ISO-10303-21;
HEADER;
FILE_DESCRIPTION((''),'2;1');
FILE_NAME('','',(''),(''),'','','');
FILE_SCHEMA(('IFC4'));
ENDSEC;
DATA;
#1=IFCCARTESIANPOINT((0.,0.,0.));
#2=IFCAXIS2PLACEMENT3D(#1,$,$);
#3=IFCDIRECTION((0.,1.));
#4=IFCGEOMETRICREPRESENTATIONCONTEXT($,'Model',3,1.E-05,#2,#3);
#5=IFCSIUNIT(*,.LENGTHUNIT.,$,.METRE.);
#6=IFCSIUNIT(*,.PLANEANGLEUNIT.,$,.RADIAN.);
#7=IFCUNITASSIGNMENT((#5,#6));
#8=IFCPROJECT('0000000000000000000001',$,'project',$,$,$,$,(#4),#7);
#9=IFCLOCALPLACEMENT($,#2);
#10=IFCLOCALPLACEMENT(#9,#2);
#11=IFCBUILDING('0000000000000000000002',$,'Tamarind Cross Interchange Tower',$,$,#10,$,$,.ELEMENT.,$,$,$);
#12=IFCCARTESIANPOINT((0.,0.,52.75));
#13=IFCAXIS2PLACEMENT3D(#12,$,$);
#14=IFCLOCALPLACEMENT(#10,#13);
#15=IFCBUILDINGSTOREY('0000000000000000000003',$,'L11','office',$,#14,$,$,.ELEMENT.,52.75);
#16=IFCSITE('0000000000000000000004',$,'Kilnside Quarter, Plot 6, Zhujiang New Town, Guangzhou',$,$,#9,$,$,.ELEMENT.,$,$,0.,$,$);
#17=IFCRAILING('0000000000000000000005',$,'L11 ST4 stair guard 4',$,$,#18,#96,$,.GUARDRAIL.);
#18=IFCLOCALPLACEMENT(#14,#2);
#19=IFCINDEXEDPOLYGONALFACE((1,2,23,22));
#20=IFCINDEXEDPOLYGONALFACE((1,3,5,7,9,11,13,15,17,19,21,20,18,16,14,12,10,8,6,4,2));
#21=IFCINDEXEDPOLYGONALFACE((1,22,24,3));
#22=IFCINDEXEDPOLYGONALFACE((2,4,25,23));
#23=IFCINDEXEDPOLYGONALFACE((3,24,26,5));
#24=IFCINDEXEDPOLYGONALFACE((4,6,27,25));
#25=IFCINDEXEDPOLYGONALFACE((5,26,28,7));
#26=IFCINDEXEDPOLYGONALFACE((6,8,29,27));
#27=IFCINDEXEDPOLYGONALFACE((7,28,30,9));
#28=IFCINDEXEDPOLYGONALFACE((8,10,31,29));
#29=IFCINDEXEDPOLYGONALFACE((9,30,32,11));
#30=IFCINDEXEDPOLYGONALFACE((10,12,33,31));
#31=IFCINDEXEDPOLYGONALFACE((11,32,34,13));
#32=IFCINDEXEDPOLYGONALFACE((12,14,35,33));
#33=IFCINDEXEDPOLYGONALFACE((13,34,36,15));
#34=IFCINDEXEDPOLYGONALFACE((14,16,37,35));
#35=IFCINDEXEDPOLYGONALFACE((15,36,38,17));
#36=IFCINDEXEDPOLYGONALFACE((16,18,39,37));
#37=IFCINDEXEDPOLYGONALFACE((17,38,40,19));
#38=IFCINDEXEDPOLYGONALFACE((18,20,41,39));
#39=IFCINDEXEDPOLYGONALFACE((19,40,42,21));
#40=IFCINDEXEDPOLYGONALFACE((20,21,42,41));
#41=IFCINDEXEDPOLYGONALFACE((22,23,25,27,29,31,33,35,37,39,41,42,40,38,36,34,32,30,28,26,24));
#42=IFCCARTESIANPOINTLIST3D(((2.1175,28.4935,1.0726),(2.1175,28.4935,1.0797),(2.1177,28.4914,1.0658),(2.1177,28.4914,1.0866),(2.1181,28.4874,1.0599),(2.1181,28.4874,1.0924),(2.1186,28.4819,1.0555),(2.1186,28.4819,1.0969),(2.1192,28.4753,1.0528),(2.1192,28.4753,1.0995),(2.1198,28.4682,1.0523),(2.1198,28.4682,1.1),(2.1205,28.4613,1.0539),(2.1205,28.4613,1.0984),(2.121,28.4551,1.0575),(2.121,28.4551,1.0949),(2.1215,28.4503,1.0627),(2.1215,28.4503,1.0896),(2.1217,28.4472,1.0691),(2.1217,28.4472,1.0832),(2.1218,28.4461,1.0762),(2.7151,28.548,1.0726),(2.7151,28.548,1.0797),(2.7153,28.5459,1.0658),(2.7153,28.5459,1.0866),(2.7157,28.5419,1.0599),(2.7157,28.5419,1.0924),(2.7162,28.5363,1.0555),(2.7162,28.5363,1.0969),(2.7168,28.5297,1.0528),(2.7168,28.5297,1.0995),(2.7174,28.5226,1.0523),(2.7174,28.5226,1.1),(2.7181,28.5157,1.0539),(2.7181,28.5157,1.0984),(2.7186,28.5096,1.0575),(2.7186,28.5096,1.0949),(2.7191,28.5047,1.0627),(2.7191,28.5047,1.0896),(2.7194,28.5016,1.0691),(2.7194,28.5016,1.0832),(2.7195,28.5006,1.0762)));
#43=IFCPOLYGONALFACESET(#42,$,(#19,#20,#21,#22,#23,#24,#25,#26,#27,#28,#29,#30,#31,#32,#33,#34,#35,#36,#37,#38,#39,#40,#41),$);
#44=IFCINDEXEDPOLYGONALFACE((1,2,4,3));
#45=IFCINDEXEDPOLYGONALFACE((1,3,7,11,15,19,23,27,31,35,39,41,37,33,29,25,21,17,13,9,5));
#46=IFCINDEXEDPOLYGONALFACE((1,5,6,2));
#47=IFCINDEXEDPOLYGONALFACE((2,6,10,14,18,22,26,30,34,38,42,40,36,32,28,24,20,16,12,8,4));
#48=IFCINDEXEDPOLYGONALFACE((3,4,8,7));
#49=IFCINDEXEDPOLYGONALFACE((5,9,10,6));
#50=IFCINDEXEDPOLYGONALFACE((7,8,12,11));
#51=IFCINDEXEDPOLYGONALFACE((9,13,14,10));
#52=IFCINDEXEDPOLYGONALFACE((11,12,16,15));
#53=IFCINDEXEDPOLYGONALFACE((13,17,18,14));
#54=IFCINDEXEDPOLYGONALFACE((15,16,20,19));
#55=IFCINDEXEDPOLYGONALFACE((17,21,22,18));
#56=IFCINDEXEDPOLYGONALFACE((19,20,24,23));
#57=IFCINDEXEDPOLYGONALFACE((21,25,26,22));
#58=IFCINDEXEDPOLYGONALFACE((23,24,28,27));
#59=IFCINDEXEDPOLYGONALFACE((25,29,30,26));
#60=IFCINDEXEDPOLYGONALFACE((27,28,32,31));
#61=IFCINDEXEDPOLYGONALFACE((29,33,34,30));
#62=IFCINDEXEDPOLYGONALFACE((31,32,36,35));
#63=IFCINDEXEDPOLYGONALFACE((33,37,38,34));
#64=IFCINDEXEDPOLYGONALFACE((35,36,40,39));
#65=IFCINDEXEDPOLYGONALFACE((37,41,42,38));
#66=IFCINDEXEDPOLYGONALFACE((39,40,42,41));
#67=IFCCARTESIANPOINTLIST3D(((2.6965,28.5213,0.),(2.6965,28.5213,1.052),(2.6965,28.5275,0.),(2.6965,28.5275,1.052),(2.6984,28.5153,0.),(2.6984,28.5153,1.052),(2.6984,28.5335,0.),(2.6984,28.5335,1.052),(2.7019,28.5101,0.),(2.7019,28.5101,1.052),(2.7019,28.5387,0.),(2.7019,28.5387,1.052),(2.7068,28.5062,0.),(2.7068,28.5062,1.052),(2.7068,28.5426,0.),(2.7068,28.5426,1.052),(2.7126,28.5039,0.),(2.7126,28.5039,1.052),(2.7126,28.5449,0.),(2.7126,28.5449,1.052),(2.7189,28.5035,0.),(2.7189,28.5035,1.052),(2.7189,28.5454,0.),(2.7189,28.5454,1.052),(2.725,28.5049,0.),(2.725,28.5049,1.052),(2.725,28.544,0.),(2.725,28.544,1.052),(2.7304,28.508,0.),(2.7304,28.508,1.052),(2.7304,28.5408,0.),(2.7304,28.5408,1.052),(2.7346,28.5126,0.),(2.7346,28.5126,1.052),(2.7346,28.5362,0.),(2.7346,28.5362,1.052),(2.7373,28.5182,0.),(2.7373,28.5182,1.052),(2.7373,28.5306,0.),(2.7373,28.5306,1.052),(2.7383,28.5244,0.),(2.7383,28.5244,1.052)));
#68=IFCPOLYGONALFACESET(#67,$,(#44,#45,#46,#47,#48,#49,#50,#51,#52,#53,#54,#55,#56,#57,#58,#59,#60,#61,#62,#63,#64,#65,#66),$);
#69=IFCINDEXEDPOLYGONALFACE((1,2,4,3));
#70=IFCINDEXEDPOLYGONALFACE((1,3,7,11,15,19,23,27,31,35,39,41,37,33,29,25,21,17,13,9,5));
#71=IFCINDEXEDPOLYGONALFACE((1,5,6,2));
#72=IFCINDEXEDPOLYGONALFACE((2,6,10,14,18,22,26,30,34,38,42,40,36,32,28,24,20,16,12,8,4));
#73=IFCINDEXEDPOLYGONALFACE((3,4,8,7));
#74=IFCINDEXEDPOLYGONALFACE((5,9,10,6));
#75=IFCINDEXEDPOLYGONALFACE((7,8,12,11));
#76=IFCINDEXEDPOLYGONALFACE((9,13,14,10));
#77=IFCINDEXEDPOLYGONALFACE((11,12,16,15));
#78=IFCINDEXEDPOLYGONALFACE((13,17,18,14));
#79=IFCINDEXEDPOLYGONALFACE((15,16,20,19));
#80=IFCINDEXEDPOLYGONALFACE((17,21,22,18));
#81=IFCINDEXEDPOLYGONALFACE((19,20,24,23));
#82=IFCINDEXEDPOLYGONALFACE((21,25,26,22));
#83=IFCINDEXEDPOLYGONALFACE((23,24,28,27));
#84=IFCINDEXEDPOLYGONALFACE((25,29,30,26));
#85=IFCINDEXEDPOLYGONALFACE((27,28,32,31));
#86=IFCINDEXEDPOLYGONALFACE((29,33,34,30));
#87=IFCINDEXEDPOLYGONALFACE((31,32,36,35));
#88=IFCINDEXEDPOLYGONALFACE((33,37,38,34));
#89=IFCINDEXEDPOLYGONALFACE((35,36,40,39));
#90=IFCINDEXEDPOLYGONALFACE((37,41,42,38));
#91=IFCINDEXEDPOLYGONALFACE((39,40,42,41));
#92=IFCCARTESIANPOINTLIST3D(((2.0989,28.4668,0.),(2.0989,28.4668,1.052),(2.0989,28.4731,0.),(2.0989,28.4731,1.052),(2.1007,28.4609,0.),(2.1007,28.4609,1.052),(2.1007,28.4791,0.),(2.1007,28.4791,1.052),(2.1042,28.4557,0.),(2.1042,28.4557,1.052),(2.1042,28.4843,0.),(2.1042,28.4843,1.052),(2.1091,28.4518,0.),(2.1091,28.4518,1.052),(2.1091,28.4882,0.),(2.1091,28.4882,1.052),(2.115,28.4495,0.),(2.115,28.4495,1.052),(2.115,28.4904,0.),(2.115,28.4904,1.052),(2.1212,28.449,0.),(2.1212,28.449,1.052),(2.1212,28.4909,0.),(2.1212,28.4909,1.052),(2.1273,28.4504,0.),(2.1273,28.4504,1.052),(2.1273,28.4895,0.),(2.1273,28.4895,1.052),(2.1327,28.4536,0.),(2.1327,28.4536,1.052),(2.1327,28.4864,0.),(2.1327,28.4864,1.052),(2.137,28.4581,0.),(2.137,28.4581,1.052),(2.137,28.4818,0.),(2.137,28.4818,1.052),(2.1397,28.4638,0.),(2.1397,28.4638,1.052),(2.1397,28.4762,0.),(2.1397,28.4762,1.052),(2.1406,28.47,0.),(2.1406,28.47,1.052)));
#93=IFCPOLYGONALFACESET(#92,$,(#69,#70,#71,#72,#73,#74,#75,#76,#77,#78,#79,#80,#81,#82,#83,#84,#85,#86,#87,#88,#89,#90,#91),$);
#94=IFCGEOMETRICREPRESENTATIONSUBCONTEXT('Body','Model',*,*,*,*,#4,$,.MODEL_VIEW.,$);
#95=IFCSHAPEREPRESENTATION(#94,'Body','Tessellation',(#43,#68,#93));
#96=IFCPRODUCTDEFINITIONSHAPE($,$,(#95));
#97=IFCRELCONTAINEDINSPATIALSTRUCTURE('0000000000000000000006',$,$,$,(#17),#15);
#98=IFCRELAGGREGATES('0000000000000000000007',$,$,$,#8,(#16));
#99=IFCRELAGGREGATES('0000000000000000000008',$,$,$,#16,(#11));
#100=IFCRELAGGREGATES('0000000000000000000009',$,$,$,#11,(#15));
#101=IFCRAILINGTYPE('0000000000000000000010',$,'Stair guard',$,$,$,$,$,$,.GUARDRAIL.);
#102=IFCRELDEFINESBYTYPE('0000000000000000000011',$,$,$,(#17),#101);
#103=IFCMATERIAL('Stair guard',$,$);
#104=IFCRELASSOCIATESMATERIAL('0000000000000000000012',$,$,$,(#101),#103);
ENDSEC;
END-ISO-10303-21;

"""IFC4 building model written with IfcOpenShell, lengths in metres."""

from ifc_helpers import new_model, si_unit, direction, frame, origin, origin_2d, place, context, subcontext, project, spatial, circle, extrude, material, type_object, element, save


model = new_model("IFC4")

# Units and contexts
model_context = context("Model", 3, precision=1e-05, world=origin(), true_north=direction((0.0, 1.0)))
body_context = subcontext(model_context, "Body", "Model", "MODEL_VIEW")
ifc_project = project(units=[si_unit("LENGTHUNIT", "METRE"), si_unit("PLANEANGLEUNIT", "RADIAN")], contexts=[model_context])

# Site, building, storey
site_placement = place(None, origin())
site = spatial("IfcSite", under=ifc_project, at=site_placement, Name="Kilnside Quarter, Plot 6, Zhujiang New Town, Guangzhou", CompositionType="ELEMENT", RefElevation=0.0)
building_placement = place(site_placement, origin())
building = spatial("IfcBuilding", under=site, at=building_placement, Name="Tamarind Cross Interchange Tower", CompositionType="ELEMENT")
storey_placement = place(building_placement, frame((0.0, 0.0, 52.75)))
storey = spatial("IfcBuildingStorey", under=building, at=storey_placement, Name="L11", Description="office", CompositionType="ELEMENT", Elevation=52.75)

# Railing
ifc_material_1 = material(Name="Stair guard")
railing_type_1 = type_object("IfcRailingType", Name="Stair guard", PredefinedType="GUARDRAIL", material=ifc_material_1)
railing_1_placement = place(storey_placement, frame((2.7173, 28.5244, 0.0)))
element("IfcRailing", 1, at=railing_1_placement, inside=storey, type_object=railing_type_1, Name="L11 ST4 stair guard 4", PredefinedType="GUARDRAIL", context=body_context, shape_type="SweptSolid", body=[
    extrude(circle(Radius=0.0239, at=origin_2d()), frame((0.0, 0.0, 1.0762), z_axis=(-0.995877, -0.090719, 0.0), x_axis=(0.090719, -0.995877, 0.0)), (0.0, 0.0, 1.0), 0.6001),
    extrude(circle(Radius=0.021, at=origin_2d()), origin(), (0.0, 0.0, 1.0), 1.052),
    extrude(circle(Radius=0.021, at=origin_2d()), frame((-0.5977, -0.0544, 0.0)), (0.0, 0.0, 1.0), 1.052),
])

save(model, "model.ifc")
